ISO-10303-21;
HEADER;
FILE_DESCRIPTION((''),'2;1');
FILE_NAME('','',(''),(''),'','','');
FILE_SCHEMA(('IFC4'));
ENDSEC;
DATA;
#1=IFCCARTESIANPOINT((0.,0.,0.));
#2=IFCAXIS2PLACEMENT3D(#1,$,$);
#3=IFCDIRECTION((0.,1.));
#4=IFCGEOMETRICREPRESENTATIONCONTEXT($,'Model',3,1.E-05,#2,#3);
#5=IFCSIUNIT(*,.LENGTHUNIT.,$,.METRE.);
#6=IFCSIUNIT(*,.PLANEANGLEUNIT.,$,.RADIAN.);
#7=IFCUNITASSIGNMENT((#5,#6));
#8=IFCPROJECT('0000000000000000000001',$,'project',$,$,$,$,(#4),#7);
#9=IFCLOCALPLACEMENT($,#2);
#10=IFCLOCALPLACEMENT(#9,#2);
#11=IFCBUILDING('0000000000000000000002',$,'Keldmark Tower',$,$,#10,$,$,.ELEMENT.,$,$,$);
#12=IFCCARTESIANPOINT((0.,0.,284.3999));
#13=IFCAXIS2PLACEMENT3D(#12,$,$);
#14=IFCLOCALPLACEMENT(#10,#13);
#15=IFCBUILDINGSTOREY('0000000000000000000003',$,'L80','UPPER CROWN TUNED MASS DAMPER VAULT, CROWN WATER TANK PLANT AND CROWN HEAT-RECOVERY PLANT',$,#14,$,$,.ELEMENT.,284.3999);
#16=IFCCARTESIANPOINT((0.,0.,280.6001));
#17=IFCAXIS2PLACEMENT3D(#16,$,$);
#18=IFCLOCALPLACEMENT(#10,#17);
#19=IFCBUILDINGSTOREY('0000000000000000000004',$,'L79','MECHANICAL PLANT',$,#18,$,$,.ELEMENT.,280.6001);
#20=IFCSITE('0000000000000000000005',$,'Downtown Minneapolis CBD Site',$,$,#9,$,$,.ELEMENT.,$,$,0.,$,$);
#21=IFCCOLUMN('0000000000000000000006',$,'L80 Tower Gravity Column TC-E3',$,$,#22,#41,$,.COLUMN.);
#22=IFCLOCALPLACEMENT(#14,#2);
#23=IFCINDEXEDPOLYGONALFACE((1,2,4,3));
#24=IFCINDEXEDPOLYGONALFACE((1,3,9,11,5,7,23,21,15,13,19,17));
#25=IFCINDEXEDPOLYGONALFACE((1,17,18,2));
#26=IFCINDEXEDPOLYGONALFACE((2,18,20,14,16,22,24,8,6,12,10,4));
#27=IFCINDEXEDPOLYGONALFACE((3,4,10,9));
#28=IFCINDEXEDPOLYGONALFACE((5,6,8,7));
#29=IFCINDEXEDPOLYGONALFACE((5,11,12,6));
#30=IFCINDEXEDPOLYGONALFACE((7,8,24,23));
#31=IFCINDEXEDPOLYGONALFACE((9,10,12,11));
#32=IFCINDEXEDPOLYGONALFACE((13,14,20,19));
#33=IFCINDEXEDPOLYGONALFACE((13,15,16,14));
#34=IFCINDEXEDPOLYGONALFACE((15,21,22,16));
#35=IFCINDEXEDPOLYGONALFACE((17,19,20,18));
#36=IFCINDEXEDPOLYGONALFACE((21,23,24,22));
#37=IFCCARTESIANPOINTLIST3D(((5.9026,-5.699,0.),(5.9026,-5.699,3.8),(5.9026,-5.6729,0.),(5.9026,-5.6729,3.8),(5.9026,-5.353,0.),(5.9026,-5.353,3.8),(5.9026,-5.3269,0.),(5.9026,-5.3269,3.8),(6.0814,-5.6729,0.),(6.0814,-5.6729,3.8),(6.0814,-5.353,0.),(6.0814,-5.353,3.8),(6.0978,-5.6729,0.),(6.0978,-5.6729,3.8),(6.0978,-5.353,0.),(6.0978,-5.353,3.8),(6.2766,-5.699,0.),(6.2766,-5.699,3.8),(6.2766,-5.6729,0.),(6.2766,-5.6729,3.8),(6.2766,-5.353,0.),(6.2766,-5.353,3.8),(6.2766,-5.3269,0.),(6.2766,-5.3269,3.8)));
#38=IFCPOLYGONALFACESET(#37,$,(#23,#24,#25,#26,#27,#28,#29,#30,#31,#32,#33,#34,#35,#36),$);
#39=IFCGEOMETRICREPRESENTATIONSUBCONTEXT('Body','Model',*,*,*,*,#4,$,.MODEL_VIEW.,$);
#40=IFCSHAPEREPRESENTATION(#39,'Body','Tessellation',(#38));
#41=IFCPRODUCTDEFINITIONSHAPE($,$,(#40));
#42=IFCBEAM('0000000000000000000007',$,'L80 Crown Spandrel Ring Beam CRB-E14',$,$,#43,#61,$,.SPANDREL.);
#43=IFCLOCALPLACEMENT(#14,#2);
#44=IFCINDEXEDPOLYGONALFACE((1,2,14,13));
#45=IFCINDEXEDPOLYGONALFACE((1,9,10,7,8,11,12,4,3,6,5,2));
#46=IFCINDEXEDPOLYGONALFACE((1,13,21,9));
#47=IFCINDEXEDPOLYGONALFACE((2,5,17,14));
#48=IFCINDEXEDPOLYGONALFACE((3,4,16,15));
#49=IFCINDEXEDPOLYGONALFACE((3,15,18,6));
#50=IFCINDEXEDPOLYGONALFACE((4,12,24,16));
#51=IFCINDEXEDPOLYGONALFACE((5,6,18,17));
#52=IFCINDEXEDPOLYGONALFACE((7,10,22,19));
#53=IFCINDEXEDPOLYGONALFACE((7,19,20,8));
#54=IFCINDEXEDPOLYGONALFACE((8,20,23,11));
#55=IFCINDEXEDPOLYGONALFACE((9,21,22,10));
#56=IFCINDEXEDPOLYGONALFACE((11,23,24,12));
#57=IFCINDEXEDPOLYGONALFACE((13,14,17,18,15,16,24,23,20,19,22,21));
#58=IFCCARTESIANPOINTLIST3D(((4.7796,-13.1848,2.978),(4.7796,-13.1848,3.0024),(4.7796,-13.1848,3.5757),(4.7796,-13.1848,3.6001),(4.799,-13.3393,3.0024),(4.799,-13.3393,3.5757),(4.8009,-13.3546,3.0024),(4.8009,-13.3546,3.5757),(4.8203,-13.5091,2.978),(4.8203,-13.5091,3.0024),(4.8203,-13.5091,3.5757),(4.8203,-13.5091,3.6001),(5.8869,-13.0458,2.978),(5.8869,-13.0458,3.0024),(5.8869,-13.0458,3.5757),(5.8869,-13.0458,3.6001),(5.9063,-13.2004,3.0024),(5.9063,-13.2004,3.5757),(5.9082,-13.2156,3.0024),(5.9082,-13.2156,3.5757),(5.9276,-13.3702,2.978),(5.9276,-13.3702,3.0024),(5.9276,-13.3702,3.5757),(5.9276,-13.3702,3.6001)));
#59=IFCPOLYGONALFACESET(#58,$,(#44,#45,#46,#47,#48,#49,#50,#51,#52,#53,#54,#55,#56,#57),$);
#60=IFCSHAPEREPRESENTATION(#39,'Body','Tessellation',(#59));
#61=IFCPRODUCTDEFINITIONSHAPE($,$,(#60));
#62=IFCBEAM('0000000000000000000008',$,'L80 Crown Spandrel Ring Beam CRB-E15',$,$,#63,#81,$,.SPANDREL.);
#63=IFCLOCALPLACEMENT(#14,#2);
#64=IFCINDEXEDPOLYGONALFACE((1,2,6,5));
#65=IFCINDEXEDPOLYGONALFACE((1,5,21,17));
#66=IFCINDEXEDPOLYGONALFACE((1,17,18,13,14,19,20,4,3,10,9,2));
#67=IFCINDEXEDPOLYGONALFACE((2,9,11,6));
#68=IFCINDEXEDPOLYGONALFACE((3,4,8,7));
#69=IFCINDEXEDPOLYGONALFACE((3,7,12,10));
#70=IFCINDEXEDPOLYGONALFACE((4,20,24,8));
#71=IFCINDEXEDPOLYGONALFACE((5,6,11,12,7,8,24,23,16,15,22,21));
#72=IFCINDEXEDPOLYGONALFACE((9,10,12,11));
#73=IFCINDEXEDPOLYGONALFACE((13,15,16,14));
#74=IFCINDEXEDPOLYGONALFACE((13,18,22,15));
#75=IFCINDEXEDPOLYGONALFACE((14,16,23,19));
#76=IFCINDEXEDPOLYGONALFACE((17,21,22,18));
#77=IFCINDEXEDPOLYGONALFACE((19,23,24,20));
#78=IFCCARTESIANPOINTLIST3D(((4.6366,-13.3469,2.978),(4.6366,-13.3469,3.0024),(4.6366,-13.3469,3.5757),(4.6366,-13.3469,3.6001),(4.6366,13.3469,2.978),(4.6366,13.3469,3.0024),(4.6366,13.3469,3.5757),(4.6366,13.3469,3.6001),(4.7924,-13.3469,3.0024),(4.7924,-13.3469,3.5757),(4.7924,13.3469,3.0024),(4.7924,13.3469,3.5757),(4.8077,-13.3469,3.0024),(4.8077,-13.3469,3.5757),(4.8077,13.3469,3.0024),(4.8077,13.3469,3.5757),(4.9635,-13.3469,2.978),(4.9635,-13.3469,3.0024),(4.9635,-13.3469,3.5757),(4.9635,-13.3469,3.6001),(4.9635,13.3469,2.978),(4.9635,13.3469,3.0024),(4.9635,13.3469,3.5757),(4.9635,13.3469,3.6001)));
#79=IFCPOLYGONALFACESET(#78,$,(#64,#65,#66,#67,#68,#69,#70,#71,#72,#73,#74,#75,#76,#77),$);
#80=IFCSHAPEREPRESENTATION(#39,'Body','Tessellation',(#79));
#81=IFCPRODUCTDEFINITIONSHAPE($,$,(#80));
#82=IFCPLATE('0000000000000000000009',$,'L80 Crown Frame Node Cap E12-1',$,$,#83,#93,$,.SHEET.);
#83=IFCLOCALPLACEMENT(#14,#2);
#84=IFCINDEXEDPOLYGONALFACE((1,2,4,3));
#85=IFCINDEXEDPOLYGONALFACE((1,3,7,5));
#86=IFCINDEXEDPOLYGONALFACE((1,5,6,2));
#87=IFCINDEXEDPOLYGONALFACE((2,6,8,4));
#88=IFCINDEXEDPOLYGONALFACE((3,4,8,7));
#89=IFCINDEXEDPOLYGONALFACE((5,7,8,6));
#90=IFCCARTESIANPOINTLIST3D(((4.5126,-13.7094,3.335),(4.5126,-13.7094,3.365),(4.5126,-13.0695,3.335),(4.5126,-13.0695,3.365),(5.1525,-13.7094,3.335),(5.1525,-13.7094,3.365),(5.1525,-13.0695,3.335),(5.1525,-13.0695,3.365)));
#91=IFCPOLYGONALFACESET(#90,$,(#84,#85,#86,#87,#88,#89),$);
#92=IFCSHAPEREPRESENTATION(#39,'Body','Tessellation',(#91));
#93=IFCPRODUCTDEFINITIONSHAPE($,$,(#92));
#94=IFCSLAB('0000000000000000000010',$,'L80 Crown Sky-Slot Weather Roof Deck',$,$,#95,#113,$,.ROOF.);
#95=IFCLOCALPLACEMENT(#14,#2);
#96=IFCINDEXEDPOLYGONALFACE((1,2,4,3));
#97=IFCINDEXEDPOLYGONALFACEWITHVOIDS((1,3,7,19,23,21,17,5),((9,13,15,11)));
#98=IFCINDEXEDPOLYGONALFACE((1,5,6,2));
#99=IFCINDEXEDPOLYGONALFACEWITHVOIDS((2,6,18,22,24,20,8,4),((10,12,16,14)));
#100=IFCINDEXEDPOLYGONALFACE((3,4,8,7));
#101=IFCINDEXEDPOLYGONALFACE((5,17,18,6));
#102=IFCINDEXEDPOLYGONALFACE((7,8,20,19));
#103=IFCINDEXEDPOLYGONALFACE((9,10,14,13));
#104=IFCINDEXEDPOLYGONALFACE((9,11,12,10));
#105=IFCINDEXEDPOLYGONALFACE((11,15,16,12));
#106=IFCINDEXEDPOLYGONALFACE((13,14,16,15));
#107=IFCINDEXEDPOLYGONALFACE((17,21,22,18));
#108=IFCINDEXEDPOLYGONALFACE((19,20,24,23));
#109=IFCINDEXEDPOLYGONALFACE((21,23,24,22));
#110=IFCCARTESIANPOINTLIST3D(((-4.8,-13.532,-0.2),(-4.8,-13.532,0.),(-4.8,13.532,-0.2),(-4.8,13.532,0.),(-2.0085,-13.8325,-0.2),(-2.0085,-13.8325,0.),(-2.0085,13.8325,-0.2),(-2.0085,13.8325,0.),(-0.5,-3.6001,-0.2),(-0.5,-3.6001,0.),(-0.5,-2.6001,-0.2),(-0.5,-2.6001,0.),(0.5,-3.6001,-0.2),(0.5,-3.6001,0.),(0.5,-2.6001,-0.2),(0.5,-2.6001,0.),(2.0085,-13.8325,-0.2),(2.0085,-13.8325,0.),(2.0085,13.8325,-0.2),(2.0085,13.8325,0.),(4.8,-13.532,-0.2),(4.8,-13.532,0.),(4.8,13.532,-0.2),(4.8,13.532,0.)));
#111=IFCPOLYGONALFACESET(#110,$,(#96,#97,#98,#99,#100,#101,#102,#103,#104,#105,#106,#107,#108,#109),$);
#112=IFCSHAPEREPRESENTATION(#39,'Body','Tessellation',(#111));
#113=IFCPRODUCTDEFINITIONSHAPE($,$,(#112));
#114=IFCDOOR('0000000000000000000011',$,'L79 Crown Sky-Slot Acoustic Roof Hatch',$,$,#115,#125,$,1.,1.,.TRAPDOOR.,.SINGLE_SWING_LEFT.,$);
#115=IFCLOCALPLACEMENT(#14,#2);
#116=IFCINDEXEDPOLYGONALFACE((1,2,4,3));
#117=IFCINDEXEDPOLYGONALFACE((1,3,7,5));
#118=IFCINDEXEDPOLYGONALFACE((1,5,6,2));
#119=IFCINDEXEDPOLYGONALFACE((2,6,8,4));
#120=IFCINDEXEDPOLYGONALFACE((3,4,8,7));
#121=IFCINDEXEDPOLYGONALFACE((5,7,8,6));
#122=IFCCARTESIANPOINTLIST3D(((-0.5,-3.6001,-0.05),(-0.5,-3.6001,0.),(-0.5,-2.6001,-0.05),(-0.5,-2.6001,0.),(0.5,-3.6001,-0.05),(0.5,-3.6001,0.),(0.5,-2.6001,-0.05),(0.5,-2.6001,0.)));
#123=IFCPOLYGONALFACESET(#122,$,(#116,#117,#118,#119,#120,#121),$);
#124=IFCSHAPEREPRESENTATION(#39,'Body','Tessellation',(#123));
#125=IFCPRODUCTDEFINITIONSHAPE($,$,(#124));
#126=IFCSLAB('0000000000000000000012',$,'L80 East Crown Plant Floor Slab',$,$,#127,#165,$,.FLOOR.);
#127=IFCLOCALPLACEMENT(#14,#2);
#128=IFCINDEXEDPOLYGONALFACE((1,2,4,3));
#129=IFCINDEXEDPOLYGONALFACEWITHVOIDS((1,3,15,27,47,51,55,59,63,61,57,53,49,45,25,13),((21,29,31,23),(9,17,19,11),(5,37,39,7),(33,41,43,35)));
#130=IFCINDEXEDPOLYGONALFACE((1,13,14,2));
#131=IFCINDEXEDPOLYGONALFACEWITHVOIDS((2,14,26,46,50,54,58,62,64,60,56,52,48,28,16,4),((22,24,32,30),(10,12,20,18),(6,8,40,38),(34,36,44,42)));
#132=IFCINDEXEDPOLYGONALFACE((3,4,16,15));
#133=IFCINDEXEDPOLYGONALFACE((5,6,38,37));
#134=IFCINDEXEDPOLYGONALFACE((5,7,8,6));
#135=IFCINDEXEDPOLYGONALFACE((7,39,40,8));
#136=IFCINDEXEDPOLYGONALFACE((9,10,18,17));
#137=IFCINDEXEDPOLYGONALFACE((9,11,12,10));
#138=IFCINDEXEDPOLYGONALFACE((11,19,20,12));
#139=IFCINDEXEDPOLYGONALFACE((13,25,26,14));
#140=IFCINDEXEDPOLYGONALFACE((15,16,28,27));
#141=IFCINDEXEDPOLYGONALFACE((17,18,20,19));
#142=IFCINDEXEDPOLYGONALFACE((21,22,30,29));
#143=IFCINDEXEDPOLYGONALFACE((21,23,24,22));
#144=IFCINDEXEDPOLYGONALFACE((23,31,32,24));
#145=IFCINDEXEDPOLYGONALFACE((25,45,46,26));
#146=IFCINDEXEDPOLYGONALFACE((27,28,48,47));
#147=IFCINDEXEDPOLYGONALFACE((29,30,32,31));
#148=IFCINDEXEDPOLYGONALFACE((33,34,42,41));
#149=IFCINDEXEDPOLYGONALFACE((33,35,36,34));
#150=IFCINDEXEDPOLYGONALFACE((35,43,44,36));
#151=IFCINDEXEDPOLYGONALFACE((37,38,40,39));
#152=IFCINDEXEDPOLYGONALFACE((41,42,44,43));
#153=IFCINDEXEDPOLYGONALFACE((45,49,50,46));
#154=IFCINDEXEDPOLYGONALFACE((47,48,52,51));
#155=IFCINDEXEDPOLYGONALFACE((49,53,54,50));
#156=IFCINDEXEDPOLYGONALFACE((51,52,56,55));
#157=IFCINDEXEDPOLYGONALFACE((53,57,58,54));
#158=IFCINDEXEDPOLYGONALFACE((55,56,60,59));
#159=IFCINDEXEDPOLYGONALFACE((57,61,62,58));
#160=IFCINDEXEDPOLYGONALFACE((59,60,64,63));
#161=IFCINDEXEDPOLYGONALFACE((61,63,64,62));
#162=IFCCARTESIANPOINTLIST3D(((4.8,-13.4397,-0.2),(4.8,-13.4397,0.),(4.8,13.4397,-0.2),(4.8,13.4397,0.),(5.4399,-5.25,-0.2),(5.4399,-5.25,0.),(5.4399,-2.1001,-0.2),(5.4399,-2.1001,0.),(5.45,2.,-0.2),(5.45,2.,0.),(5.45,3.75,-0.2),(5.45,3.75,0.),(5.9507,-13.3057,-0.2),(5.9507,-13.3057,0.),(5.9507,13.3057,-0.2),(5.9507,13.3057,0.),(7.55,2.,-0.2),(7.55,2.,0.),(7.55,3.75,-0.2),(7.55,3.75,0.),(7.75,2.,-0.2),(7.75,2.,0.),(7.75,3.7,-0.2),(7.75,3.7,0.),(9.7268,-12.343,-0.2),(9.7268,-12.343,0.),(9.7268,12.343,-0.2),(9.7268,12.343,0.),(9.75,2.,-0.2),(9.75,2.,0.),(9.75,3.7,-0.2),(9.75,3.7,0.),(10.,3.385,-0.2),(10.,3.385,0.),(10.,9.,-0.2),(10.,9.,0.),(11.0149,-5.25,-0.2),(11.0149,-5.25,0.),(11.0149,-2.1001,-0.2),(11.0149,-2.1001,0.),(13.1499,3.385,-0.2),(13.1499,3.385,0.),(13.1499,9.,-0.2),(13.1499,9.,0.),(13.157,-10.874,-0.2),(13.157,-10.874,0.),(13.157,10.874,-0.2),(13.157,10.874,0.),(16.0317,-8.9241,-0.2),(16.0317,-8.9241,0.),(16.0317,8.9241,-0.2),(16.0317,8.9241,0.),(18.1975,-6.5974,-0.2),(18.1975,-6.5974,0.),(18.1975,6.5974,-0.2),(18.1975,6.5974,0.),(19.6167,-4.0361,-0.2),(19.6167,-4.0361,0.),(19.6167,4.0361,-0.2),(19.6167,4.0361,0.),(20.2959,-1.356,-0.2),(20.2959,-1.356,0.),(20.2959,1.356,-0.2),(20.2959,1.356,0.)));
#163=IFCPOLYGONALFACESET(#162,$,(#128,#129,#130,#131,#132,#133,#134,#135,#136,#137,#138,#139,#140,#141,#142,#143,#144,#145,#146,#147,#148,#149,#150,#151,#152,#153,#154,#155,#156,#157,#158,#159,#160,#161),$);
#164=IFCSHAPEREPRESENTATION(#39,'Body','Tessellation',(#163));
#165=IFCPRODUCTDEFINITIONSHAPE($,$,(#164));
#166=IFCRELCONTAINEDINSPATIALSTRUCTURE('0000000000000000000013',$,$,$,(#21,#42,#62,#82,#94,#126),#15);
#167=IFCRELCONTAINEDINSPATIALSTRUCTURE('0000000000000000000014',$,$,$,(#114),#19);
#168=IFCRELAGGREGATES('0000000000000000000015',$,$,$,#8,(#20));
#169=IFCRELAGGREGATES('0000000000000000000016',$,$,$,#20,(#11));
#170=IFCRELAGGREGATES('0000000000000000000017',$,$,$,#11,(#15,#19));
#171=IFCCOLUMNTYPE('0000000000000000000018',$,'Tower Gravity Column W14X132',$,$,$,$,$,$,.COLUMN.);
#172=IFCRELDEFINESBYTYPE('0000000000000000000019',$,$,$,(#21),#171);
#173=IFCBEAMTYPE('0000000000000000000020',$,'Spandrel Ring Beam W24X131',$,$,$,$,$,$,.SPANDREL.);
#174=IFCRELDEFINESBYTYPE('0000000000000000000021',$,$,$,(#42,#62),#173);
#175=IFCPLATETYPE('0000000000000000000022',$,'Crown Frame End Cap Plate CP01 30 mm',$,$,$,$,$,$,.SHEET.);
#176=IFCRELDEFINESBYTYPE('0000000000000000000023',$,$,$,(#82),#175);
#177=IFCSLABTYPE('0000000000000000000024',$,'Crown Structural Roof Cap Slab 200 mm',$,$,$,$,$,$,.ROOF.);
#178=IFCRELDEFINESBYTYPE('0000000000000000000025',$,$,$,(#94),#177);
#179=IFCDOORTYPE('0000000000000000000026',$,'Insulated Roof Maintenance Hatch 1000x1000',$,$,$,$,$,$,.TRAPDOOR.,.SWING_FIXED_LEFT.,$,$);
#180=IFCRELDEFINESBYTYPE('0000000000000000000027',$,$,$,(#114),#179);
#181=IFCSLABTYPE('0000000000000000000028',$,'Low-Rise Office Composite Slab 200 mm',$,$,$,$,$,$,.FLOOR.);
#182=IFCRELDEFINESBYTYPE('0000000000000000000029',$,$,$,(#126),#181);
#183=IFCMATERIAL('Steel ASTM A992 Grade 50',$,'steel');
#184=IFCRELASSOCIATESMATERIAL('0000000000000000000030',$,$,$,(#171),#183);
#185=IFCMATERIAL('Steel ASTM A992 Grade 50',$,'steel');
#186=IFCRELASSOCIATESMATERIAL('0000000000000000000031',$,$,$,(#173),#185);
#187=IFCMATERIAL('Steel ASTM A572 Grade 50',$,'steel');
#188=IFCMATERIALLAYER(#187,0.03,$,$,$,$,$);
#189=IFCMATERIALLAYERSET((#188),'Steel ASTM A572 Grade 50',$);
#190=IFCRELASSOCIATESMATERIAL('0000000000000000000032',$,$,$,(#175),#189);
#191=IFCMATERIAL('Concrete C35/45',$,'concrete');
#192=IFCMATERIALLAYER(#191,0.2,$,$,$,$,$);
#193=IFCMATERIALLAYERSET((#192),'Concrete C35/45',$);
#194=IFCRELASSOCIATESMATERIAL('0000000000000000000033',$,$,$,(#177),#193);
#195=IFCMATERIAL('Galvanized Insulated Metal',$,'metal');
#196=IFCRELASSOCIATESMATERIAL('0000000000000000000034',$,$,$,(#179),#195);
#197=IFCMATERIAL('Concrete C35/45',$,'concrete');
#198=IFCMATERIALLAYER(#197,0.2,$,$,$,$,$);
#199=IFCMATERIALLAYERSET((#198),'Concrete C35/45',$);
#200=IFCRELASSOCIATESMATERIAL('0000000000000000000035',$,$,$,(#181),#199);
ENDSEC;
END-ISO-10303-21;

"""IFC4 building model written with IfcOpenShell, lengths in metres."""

from ifc_helpers import new_model, si_unit, direction, frame, origin, origin_2d, place, context, subcontext, project, spatial, polyline, rectangle, i_section, outline, extrude, material, layer, layer_set, material_profile, profile_set, type_object, element, fill, save


model = new_model("IFC4")

# Units and contexts
model_context = context("Model", 3, precision=1e-05, world=origin(), true_north=direction((0.0, 1.0)))
body_context = subcontext(model_context, "Body", "Model", "MODEL_VIEW")
ifc_project = project(units=[si_unit("LENGTHUNIT", "METRE"), si_unit("PLANEANGLEUNIT", "RADIAN")], contexts=[model_context])

# Site, building, storey
site_placement = place(None, origin())
site = spatial("IfcSite", under=ifc_project, at=site_placement, Name="Downtown Minneapolis CBD Site", CompositionType="ELEMENT", RefElevation=0.0)
building_placement = place(site_placement, origin())
building = spatial("IfcBuilding", under=site, at=building_placement, Name="Keldmark Tower", CompositionType="ELEMENT")
storey_1_placement = place(building_placement, frame((0.0, 0.0, 284.3999)))
storey_1 = spatial("IfcBuildingStorey", under=building, at=storey_1_placement, Name="L80", Description="UPPER CROWN TUNED MASS DAMPER VAULT, CROWN WATER TANK PLANT AND CROWN HEAT-RECOVERY PLANT", CompositionType="ELEMENT", Elevation=284.3999)

# Column
ifc_material_1 = material(Name="Steel ASTM A992 Grade 50", Category="steel")
ifc_material_profile_1 = material_profile(ifc_material_1, i_section(OverallWidth=0.374, OverallDepth=0.3721, WebThickness=0.0164, FlangeThickness=0.0261, at=origin_2d()), Name="W14X132")
ifc_profile_set_1 = profile_set([ifc_material_profile_1], Name="Steel ASTM A992 Grade 50")
column_type = type_object("IfcColumnType", Name="Tower Gravity Column W14X132", PredefinedType="COLUMN", material=ifc_profile_set_1)
column_placement = place(storey_1_placement, frame((6.0896, -5.5129, 0.0), z_axis=(0.0, 0.0, 1.0), x_axis=(1.0, 0.0, 0.0)))
element("IfcColumn", 1, at=column_placement, inside=storey_1, type_object=column_type, Name="L80 Tower Gravity Column TC-E3", PredefinedType="COLUMN", context=body_context, shape_type="SweptSolid", body=[
    extrude(i_section(OverallWidth=0.374, OverallDepth=0.3721, WebThickness=0.0164, FlangeThickness=0.0261, at=origin_2d()), origin(), (0.0, 0.0, 1.0), 3.8),
])

# Beams
ifc_material_2 = material(Name="Steel ASTM A992 Grade 50", Category="steel")
ifc_material_profile_2 = material_profile(ifc_material_2, i_section(OverallWidth=0.3269, OverallDepth=0.6221, WebThickness=0.0154, FlangeThickness=0.0244, at=origin_2d()), Name="W24X131")
ifc_profile_set_2 = profile_set([ifc_material_profile_2], Name="Steel ASTM A992 Grade 50")
beam_type = type_object("IfcBeamType", Name="Spandrel Ring Beam W24X131", PredefinedType="SPANDREL", material=ifc_profile_set_2)
beam_1_placement = place(storey_1_placement, frame((5.9072, -13.208, 3.2891), z_axis=(-0.992221, -0.124493, 0.0), x_axis=(0.124493, -0.992221, 0.0)))
element("IfcBeam", 2, at=beam_1_placement, inside=storey_1, type_object=beam_type, Name="L80 Crown Spandrel Ring Beam CRB-E14", PredefinedType="SPANDREL", context=body_context, shape_type="SweptSolid", body=[
    extrude(i_section(OverallWidth=0.3269, OverallDepth=0.6221, WebThickness=0.0154, FlangeThickness=0.0244, at=origin_2d()), origin(), (0.0, 0.0, 1.0), 1.116),
])
beam_2_placement = place(storey_1_placement, frame((4.8, -13.3469, 3.2891), z_axis=(0.0, 1.0, 0.0), x_axis=(-1.0, 0.0, 0.0)))
element("IfcBeam", 3, at=beam_2_placement, inside=storey_1, type_object=beam_type, Name="L80 Crown Spandrel Ring Beam CRB-E15", PredefinedType="SPANDREL", context=body_context, shape_type="SweptSolid", body=[
    extrude(i_section(OverallWidth=0.3269, OverallDepth=0.6221, WebThickness=0.0154, FlangeThickness=0.0244, at=origin_2d()), origin(), (0.0, 0.0, 1.0), 26.6938),
])

# Plate
ifc_material_3 = material(Name="Steel ASTM A572 Grade 50", Category="steel")
ifc_layer_1 = layer(ifc_material_3, 0.03)
ifc_layer_set_1 = layer_set([ifc_layer_1], Name="Steel ASTM A572 Grade 50")
plate_type = type_object("IfcPlateType", Name="Crown Frame End Cap Plate CP01 30 mm", PredefinedType="SHEET", material=ifc_layer_set_1)
plate_placement = place(storey_1_placement, frame((4.8325, -13.3894, 3.335), z_axis=(0.0, 0.0, 1.0), x_axis=(1.0, 0.0, 0.0)))
element("IfcPlate", 4, at=plate_placement, inside=storey_1, type_object=plate_type, Name="L80 Crown Frame Node Cap E12-1", PredefinedType="SHEET", context=body_context, shape_type="SweptSolid", body=[
    extrude(rectangle(XDim=0.6399, YDim=0.6399, at=origin_2d()), origin(), (0.0, 0.0, 1.0), 0.03),
])

# Slab, opening
ifc_material_4 = material(Name="Concrete C35/45", Category="concrete")
ifc_layer_2 = layer(ifc_material_4, 0.2)
ifc_layer_set_2 = layer_set([ifc_layer_2], Name="Concrete C35/45")
slab_type_1 = type_object("IfcSlabType", Name="Crown Structural Roof Cap Slab 200 mm", PredefinedType="ROOF", material=ifc_layer_set_2)
slab_1_placement = place(storey_1_placement, frame((0.0, 0.0, -0.2)))
slab_1 = element("IfcSlab", 5, at=slab_1_placement, inside=storey_1, type_object=slab_type_1, Name="L80 Crown Sky-Slot Weather Roof Deck", PredefinedType="ROOF", context=body_context, shape_type="SweptSolid", body=[
    extrude(outline(polyline([(-2.0085, 13.8325), (2.0085, 13.8325), (4.8, 13.532), (4.8, -13.532), (2.0085, -13.8325), (-2.0085, -13.8325), (-4.8, -13.532), (-4.8, 13.532), (-2.0085, 13.8325)])), origin(), (0.0, 0.0, 1.0), 0.2),
])
opening_1_placement = place(slab_1_placement, frame((0.0, -3.1001, 0.0)))
opening_1 = element("IfcOpeningElement", 6, at=opening_1_placement, cuts=slab_1, PredefinedType="OPENING", context=body_context, shape_type="SweptSolid", body=[
    extrude(rectangle(XDim=1.0, YDim=1.0, at=origin_2d()), origin(), (0.0, 0.0, 1.0), 0.2),
])

# Shared definitions
storey_2_placement = place(building_placement, frame((0.0, 0.0, 280.6001)))
storey_2 = spatial("IfcBuildingStorey", under=building, at=storey_2_placement, Name="L79", Description="MECHANICAL PLANT", CompositionType="ELEMENT", Elevation=280.6001)

# Door
ifc_material_5 = material(Name="Galvanized Insulated Metal", Category="metal")
door_type_1 = type_object("IfcDoorType", Name="Insulated Roof Maintenance Hatch 1000x1000", OperationType="SWING_FIXED_LEFT", PredefinedType="TRAPDOOR", material=ifc_material_5)
door_1_placement = place(opening_1_placement, frame((0.0, 0.0, 0.1499)))
door_1 = element("IfcDoor", 7, at=door_1_placement, inside=storey_2, type_object=door_type_1, Name="L79 Crown Sky-Slot Acoustic Roof Hatch", OperationType="SINGLE_SWING_LEFT", OverallHeight=1.0, OverallWidth=1.0, PredefinedType="TRAPDOOR", context=body_context, shape_type="SweptSolid", body=[
    extrude(rectangle(XDim=1.0, YDim=1.0, at=origin_2d()), origin(), (0.0, 0.0, 1.0), 0.05),
])
fill(opening_1, door_1)

# Slab
ifc_material_6 = material(Name="Concrete C35/45", Category="concrete")
ifc_layer_3 = layer(ifc_material_6, 0.2)
ifc_layer_set_3 = layer_set([ifc_layer_3], Name="Concrete C35/45")
slab_type_2 = type_object("IfcSlabType", Name="Low-Rise Office Composite Slab 200 mm", PredefinedType="FLOOR", material=ifc_layer_set_3)
slab_2_placement = place(storey_1_placement, frame((0.0, 0.0, -0.2)))
element("IfcSlab", 8, at=slab_2_placement, inside=storey_1, type_object=slab_type_2, Name="L80 East Crown Plant Floor Slab", PredefinedType="FLOOR", context=body_context, shape_type="SweptSolid", body=[
    extrude(outline(polyline([(5.9507, 13.3057), (9.7268, 12.343), (13.157, 10.874), (16.0317, 8.9241), (18.1975, 6.5974), (19.6167, 4.0361), (20.2959, 1.356), (20.2959, -1.356), (19.6167, -4.0361), (18.1975, -6.5974), (16.0317, -8.9241), (13.157, -10.874), (9.7268, -12.343), (5.9507, -13.3057), (4.8, -13.4397), (4.8, 13.4397), (5.9507, 13.3057)]), holes=[polyline([(13.1499, 3.385), (13.1499, 9.0), (10.0, 9.0), (10.0, 3.385), (13.1499, 3.385)]), polyline([(11.0149, -2.1001), (5.4399, -2.1001), (5.4399, -5.25), (11.0149, -5.25), (11.0149, -2.1001)]), polyline([(7.75, 2.0), (9.75, 2.0), (9.75, 3.7), (7.75, 3.7), (7.75, 2.0)]), polyline([(5.45, 2.0), (7.55, 2.0), (7.55, 3.75), (5.45, 3.75), (5.45, 2.0)])]), origin(), (0.0, 0.0, 1.0), 0.2),
])

save(model, "model.ifc")
